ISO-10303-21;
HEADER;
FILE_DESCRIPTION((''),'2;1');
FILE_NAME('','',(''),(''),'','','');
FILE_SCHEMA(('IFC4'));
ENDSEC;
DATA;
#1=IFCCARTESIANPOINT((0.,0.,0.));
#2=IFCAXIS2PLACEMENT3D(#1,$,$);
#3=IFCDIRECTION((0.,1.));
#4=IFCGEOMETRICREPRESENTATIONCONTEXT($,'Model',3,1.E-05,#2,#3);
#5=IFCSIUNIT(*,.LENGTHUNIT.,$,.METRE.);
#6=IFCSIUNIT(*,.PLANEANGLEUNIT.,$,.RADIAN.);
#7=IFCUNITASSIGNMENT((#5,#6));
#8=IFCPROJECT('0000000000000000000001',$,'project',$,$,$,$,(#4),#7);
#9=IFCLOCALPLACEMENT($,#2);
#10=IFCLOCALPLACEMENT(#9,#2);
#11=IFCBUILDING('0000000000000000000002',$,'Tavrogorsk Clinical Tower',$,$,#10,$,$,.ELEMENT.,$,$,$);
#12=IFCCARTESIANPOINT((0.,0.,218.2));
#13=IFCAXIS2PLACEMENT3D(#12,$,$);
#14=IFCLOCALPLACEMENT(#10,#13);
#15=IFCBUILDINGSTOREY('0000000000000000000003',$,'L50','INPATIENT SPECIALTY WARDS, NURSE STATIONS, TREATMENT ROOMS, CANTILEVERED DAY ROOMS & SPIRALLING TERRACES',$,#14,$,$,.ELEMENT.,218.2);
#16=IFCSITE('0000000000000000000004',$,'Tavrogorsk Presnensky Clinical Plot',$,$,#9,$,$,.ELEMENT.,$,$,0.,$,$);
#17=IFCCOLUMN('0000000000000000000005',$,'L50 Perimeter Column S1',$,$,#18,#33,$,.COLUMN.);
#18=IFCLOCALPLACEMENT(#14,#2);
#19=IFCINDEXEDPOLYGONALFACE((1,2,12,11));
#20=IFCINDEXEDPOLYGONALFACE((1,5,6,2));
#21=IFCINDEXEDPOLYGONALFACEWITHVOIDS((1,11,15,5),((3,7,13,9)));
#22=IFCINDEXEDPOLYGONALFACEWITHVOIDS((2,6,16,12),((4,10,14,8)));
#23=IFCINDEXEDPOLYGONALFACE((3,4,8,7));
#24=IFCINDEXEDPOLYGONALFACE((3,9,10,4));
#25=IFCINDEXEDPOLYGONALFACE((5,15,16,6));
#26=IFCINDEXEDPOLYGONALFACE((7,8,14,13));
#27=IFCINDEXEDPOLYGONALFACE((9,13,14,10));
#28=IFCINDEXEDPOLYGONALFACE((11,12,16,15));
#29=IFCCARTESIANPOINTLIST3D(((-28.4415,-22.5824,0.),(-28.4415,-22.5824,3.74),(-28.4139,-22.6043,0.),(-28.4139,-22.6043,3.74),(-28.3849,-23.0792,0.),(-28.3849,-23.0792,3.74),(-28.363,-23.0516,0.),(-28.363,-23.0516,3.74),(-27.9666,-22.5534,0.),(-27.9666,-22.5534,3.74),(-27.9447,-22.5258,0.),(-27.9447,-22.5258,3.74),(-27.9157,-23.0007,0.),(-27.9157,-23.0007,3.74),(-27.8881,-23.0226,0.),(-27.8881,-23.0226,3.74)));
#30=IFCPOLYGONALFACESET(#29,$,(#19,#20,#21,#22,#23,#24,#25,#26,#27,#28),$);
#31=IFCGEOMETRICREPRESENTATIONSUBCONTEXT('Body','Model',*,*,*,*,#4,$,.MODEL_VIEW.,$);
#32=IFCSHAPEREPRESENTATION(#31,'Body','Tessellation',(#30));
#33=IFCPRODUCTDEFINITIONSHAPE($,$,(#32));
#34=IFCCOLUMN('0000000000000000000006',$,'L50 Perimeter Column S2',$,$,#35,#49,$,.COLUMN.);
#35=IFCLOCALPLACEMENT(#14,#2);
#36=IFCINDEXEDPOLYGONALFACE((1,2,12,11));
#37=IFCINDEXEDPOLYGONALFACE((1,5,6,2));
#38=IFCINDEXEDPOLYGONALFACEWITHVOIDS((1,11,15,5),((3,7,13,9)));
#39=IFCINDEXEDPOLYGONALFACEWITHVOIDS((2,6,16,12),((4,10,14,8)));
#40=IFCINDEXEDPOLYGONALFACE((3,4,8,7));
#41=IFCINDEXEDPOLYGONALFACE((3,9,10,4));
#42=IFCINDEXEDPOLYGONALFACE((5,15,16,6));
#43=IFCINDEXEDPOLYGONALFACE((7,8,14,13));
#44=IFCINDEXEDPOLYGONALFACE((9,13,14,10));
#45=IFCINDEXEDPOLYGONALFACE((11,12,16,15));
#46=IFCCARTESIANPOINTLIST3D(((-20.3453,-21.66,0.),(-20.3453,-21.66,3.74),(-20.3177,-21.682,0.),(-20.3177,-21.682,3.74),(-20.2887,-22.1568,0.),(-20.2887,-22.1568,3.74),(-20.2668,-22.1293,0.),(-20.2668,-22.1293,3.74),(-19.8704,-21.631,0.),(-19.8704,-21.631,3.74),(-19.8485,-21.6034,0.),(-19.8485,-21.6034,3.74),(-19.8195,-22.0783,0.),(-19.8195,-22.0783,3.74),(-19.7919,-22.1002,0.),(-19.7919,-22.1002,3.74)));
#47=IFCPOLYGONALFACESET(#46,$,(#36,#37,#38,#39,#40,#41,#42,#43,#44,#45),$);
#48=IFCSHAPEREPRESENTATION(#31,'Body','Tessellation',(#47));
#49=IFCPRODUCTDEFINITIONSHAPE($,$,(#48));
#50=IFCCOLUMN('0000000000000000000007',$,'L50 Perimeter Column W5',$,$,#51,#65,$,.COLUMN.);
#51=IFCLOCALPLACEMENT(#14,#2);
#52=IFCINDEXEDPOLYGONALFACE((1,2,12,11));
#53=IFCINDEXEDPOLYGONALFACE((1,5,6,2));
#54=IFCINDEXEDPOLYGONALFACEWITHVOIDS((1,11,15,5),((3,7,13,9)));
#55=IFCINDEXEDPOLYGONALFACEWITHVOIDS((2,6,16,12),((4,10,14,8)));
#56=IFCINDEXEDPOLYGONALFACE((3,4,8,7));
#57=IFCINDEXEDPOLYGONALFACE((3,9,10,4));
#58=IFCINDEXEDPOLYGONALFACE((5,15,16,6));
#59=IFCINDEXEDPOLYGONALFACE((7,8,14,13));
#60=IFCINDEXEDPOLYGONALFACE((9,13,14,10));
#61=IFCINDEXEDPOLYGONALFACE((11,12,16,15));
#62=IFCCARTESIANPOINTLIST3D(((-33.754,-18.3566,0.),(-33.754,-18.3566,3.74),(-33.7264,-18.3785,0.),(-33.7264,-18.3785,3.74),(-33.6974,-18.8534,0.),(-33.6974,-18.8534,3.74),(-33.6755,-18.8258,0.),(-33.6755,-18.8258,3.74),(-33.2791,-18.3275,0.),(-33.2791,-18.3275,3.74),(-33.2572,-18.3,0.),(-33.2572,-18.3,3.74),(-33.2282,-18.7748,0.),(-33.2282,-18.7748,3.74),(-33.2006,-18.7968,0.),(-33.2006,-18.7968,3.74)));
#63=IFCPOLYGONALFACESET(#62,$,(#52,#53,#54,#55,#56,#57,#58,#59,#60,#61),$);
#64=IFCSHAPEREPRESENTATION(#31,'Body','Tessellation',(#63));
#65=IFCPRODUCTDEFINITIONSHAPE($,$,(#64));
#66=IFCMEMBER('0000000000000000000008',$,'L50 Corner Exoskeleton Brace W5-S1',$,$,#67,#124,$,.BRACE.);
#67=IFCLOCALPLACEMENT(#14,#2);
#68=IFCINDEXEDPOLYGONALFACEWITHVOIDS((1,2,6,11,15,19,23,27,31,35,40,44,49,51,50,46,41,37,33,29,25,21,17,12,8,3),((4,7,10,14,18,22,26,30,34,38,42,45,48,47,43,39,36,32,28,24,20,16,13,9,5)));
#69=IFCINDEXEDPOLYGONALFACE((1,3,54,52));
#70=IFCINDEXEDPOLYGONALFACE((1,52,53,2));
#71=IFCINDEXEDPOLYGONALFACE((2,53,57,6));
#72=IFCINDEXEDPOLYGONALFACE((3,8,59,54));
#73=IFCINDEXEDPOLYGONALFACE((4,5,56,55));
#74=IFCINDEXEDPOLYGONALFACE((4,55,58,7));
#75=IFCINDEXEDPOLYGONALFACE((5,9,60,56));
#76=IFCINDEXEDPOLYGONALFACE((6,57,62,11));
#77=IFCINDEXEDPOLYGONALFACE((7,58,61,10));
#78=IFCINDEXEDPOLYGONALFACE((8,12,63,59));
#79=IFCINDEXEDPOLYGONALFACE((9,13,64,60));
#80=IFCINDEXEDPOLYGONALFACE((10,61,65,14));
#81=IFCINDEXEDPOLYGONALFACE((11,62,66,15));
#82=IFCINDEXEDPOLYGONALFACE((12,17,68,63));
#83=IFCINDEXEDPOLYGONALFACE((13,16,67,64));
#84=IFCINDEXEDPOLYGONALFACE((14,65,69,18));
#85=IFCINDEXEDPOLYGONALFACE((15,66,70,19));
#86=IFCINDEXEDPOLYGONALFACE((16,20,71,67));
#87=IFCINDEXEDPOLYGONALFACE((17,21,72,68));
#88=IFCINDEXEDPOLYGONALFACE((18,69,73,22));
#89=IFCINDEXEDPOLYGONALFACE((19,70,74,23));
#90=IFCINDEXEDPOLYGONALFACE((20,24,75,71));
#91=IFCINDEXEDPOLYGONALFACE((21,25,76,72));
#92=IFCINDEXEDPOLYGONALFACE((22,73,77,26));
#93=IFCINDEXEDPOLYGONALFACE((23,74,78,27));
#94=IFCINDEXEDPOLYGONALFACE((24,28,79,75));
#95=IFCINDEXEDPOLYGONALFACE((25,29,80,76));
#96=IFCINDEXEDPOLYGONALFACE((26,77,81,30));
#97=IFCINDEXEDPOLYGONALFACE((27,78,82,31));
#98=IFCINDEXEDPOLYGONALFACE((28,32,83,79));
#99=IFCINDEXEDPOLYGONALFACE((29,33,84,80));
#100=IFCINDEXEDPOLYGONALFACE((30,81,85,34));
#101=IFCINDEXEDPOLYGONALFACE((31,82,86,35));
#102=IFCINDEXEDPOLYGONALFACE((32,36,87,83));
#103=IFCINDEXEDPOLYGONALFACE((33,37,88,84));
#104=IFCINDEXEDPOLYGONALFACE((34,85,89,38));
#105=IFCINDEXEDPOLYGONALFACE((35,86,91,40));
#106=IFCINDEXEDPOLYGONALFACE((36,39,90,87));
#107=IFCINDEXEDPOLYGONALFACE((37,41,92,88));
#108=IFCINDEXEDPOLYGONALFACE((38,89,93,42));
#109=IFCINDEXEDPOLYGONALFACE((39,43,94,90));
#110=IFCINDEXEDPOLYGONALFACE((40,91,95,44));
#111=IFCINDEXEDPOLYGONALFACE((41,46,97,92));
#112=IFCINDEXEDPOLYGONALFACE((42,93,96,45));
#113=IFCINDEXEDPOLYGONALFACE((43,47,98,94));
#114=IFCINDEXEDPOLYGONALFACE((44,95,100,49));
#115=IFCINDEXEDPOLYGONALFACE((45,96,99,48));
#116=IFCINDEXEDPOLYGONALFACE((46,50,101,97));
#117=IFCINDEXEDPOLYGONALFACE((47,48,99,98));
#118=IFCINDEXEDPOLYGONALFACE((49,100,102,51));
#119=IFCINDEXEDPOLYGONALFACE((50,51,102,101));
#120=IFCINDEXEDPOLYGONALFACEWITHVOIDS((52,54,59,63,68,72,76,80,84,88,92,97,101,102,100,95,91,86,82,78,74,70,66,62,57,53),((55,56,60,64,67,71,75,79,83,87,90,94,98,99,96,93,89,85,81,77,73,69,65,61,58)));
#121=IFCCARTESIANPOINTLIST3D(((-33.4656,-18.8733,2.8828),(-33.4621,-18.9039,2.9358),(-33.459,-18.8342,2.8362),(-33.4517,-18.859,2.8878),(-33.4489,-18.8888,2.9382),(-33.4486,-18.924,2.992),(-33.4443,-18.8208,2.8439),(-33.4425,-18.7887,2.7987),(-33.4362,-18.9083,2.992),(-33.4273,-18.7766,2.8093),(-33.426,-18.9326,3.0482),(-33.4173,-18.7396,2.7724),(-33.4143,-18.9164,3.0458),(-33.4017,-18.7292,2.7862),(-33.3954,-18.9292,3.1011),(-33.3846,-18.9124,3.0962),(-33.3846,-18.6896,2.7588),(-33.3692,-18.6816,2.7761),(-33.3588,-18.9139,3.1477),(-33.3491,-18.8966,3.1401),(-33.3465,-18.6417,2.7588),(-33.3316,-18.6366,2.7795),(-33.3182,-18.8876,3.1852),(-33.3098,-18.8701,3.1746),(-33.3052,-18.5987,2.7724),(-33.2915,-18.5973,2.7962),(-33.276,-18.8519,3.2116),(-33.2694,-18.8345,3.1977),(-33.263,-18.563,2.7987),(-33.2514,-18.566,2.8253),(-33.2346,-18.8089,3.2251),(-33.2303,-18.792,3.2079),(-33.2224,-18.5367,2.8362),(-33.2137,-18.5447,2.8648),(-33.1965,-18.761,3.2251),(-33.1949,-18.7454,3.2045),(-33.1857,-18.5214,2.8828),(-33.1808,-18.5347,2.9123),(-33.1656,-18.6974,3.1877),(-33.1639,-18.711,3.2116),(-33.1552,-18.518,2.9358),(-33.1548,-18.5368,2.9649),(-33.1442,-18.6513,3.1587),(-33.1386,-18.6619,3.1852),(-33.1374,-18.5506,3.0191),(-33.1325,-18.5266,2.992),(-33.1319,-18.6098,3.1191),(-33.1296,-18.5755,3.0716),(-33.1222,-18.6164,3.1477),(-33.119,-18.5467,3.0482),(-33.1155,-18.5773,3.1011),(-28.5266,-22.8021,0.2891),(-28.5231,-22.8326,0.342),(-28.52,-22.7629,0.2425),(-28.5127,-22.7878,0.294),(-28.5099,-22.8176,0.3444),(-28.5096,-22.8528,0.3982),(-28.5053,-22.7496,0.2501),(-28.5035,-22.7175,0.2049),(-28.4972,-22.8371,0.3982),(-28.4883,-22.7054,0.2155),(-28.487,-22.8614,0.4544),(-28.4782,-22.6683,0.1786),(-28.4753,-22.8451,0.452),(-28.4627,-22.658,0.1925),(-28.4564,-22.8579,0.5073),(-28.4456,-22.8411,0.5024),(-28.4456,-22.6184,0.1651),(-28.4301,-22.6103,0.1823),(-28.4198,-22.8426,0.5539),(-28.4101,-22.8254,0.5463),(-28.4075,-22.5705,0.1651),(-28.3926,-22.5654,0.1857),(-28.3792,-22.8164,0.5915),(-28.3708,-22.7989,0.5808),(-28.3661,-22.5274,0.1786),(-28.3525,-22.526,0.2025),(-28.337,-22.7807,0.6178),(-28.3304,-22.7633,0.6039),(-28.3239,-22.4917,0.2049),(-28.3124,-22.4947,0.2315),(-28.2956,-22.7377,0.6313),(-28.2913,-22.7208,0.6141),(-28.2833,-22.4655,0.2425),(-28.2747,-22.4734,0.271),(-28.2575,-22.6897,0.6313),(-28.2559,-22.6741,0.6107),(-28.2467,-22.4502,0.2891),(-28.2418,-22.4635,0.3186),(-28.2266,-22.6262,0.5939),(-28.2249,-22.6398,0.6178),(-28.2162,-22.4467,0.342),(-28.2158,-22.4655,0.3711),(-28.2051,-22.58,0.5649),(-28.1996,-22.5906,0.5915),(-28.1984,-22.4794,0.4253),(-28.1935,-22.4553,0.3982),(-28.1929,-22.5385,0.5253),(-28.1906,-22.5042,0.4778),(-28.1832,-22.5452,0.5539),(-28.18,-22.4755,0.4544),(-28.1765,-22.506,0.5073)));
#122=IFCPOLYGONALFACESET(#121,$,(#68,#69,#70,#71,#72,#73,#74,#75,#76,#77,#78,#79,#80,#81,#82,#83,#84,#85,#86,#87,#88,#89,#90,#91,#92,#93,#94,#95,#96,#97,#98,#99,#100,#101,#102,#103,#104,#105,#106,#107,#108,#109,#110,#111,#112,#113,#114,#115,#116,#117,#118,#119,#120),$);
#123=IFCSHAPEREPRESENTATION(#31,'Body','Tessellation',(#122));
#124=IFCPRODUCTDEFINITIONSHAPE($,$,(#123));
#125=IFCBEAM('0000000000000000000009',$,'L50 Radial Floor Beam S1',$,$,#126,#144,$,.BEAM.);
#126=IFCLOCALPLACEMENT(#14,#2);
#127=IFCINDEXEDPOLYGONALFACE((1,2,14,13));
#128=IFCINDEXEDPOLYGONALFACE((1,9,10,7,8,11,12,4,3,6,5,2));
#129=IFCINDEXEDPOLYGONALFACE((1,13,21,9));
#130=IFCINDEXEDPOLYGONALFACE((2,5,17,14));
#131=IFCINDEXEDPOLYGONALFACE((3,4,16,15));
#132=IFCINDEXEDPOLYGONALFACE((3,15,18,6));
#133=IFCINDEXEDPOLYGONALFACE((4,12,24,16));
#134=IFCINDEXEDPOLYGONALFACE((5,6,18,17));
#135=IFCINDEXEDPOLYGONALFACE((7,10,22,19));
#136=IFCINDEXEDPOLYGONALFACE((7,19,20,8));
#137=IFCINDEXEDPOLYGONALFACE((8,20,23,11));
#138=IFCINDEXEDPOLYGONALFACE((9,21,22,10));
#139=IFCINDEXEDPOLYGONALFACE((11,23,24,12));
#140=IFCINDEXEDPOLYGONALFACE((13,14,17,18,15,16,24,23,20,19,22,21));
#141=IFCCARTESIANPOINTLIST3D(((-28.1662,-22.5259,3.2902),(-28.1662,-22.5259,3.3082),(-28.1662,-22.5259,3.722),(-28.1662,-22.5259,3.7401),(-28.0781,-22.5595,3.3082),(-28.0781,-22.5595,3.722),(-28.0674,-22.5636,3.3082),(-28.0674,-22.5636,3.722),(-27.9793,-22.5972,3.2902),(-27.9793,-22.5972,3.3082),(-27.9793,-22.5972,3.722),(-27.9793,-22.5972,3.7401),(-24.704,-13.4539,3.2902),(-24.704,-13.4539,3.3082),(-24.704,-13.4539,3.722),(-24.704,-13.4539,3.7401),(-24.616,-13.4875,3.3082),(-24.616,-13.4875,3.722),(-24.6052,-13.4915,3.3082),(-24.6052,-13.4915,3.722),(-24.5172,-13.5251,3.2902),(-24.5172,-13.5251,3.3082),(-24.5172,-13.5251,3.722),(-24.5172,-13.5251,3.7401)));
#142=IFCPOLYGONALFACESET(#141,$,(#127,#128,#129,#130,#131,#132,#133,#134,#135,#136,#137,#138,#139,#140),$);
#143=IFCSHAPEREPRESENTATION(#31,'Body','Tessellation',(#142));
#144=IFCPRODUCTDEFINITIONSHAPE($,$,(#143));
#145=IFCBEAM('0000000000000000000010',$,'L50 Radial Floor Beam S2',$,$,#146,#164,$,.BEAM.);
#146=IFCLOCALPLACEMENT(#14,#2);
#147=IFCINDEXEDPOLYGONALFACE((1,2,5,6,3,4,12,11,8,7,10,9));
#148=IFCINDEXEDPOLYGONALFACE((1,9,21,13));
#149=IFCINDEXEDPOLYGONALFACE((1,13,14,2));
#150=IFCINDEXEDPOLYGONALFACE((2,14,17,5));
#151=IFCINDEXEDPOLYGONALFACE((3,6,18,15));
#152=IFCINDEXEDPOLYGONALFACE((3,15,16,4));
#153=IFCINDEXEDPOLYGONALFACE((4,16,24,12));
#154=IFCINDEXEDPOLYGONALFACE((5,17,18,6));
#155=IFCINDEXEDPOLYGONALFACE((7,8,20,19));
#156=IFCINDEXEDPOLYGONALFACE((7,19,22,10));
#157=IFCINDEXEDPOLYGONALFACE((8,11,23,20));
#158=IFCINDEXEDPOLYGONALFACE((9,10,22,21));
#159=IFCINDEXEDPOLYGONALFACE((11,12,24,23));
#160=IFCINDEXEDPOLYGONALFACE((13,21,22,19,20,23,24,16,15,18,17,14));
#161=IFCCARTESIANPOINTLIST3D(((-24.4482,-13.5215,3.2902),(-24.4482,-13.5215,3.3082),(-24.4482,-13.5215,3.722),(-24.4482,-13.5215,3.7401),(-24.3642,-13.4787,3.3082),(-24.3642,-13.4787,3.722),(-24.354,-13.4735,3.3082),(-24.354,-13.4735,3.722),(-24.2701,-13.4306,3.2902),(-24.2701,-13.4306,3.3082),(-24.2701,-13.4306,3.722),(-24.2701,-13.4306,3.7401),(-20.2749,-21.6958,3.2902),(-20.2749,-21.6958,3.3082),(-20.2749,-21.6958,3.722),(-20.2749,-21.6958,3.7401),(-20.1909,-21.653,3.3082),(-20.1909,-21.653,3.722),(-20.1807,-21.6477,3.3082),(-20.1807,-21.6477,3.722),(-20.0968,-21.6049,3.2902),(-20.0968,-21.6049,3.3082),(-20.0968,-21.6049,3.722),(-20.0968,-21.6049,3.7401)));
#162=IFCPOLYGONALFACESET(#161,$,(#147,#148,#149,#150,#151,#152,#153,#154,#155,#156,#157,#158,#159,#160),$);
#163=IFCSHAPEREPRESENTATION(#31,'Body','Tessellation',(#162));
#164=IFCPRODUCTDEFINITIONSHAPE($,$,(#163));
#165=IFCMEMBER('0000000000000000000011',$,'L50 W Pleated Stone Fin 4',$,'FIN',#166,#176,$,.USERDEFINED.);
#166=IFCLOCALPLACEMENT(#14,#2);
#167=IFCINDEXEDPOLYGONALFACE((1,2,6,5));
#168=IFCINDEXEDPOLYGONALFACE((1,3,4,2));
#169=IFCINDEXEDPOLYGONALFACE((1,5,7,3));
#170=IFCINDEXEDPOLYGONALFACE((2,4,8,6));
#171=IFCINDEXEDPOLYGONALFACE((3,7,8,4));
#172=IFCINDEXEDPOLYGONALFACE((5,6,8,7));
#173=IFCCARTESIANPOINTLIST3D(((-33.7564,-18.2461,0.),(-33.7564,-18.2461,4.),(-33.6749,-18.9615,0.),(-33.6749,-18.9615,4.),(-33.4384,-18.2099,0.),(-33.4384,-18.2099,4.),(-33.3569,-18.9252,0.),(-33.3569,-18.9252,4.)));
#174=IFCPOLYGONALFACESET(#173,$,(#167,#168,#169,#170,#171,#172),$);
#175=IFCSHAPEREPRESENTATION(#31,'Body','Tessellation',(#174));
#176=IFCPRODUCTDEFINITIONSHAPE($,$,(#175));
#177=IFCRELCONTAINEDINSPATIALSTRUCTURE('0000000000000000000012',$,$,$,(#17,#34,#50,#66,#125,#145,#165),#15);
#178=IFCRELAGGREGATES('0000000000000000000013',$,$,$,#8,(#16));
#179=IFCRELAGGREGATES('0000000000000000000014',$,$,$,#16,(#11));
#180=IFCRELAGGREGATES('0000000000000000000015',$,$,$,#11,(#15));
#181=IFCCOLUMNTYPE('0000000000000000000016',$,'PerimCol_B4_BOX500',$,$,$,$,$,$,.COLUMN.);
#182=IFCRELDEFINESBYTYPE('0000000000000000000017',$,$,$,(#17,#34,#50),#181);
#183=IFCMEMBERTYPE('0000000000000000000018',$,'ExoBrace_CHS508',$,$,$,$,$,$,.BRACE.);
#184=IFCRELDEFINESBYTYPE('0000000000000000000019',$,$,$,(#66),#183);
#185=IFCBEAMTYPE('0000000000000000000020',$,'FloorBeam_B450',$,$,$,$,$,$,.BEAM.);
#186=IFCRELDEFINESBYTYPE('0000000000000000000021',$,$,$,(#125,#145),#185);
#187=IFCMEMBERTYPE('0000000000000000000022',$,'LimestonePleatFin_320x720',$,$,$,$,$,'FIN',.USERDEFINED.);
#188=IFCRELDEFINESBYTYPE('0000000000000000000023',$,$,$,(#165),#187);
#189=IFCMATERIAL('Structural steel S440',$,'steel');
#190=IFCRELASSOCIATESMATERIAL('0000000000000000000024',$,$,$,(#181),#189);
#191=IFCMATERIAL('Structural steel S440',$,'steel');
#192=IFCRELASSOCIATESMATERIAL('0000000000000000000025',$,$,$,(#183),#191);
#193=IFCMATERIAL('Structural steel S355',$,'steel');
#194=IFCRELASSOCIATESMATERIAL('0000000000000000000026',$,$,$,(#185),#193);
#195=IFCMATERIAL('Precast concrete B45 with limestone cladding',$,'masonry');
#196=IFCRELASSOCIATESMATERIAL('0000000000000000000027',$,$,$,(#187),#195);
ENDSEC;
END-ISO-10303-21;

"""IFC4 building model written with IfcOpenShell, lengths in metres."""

from ifc_helpers import new_model, si_unit, direction, frame, origin, origin_2d, place, context, subcontext, project, spatial, rectangle, hollow_rectangle, hollow_circle, i_section, extrude, material, material_profile, profile_set, type_object, element, save


model = new_model("IFC4")

# Units and contexts
model_context = context("Model", 3, precision=1e-05, world=origin(), true_north=direction((0.0, 1.0)))
body_context = subcontext(model_context, "Body", "Model", "MODEL_VIEW")
ifc_project = project(units=[si_unit("LENGTHUNIT", "METRE"), si_unit("PLANEANGLEUNIT", "RADIAN")], contexts=[model_context])

# Site, building, storey
site_placement = place(None, origin())
site = spatial("IfcSite", under=ifc_project, at=site_placement, Name="Tavrogorsk Presnensky Clinical Plot", CompositionType="ELEMENT", RefElevation=0.0)
building_placement = place(site_placement, origin())
building = spatial("IfcBuilding", under=site, at=building_placement, Name="Tavrogorsk Clinical Tower", CompositionType="ELEMENT")
storey_placement = place(building_placement, frame((0.0, 0.0, 218.2)))
storey = spatial("IfcBuildingStorey", under=building, at=storey_placement, Name="L50", Description="INPATIENT SPECIALTY WARDS, NURSE STATIONS, TREATMENT ROOMS, CANTILEVERED DAY ROOMS & SPIRALLING TERRACES", CompositionType="ELEMENT", Elevation=218.2)

# Columns
ifc_material_1 = material(Name="Structural steel S440", Category="steel")
ifc_material_profile_1 = material_profile(ifc_material_1, hollow_rectangle(XDim=0.5, YDim=0.5, WallThickness=0.0249, at=origin_2d()), Name="BOX-500x500x25")
ifc_profile_set_1 = profile_set([ifc_material_profile_1], Name="Structural steel S440")
column_type = type_object("IfcColumnType", Name="PerimCol_B4_BOX500", PredefinedType="COLUMN", material=ifc_profile_set_1)
for number, where, z_axis, x_axis, name in (
    (1, (-28.1648, -22.8025, 0.0), (0.0, 0.0, 1.0), (0.993572, 0.113203, 0.0), "L50 Perimeter Column S1"),
    (2, (-20.0686, -21.8801, 0.0), (0.0, 0.0, 1.0), (0.993572, 0.113203, 0.0), "L50 Perimeter Column S2"),
    (3, (-33.4773, -18.5767, 0.0), (0.0, 0.0, 1.0), (0.993572, 0.113203, 0.0), "L50 Perimeter Column W5"),
):
    element("IfcColumn", number, at=place(storey_placement, frame(where, z_axis=z_axis, x_axis=x_axis)), inside=storey, type_object=column_type, Name=name, PredefinedType="COLUMN", context=body_context, shape_type="SweptSolid", body=[
        extrude(hollow_rectangle(XDim=0.5, YDim=0.5, WallThickness=0.0249, at=origin_2d()), origin(), (0.0, 0.0, 1.0), 3.74),
    ])

# Member
ifc_material_2 = material(Name="Structural steel S440", Category="steel")
ifc_material_profile_2 = material_profile(ifc_material_2, hollow_circle(Radius=0.2539, WallThickness=0.02, at=origin_2d()), Name="CHS-508x20")
ifc_profile_set_2 = profile_set([ifc_material_profile_2], Name="Structural steel S440")
member_type_1 = type_object("IfcMemberType", Name="ExoBrace_CHS508", PredefinedType="BRACE", material=ifc_profile_set_2)
member_1_placement = place(storey_placement, frame((-28.3516, -22.6541, 0.3982), z_axis=(-0.723852, 0.575789, 0.380138), x_axis=(-0.622522, -0.782602, 0.0)))
element("IfcMember", 4, at=member_1_placement, inside=storey, type_object=member_type_1, Name="L50 Corner Exoskeleton Brace W5-S1", PredefinedType="BRACE", context=body_context, shape_type="SweptSolid", body=[
    extrude(hollow_circle(Radius=0.2539, WallThickness=0.02, at=origin_2d()), origin(), (0.0, 0.0, 1.0), 6.8232),
])

# Beams
ifc_material_3 = material(Name="Structural steel S355", Category="steel")
ifc_material_profile_3 = material_profile(ifc_material_3, i_section(OverallWidth=0.2, OverallDepth=0.45, WebThickness=0.0115, FlangeThickness=0.0181, at=origin_2d()), Name="B-450x200x11.5x18")
ifc_profile_set_3 = profile_set([ifc_material_profile_3], Name="Structural steel S355")
beam_type_1 = type_object("IfcBeamType", Name="FloorBeam_B450", PredefinedType="BEAM", material=ifc_profile_set_3)
beam_1_placement = place(storey_placement, frame((-24.6106, -13.4895, 3.5151), z_axis=(-0.356548, -0.934277, 0.0), x_axis=(0.934277, -0.356548, 0.0)))
element("IfcBeam", 5, at=beam_1_placement, inside=storey, type_object=beam_type_1, Name="L50 Radial Floor Beam S1", PredefinedType="BEAM", context=body_context, shape_type="SweptSolid", body=[
    extrude(i_section(OverallWidth=0.2, OverallDepth=0.45, WebThickness=0.0115, FlangeThickness=0.0181, at=origin_2d()), origin(), (0.0, 0.0, 1.0), 9.7102),
])
beam_2_placement = place(storey_placement, frame((-24.3591, -13.4761, 3.5151), z_axis=(0.45471, -0.89064, 0.0), x_axis=(0.89064, 0.45471, 0.0)))
element("IfcBeam", 6, at=beam_2_placement, inside=storey, type_object=beam_type_1, Name="L50 Radial Floor Beam S2", PredefinedType="BEAM", context=body_context, shape_type="SweptSolid", body=[
    extrude(i_section(OverallWidth=0.2, OverallDepth=0.45, WebThickness=0.0115, FlangeThickness=0.0181, at=origin_2d()), origin(), (0.0, 0.0, 1.0), 9.178),
])

# Member
ifc_material_4 = material(Name="Precast concrete B45 with limestone cladding", Category="masonry")
ifc_material_profile_4 = material_profile(ifc_material_4, rectangle(XDim=0.3201, YDim=0.72, at=origin_2d()), Name="LIMESTONE-FIN-320x720")
ifc_profile_set_4 = profile_set([ifc_material_profile_4], Name="Precast concrete B45 with limestone cladding")
member_type_2 = type_object("IfcMemberType", Name="LimestonePleatFin_320x720", ElementType="FIN", PredefinedType="USERDEFINED", material=ifc_profile_set_4)
member_2_placement = place(storey_placement, frame((-33.5566, -18.5857, 0.0), z_axis=(0.0, 0.0, 1.0), x_axis=(0.993572, 0.113203, 0.0)))
element("IfcMember", 7, at=member_2_placement, inside=storey, type_object=member_type_2, Name="L50 W Pleated Stone Fin 4", ObjectType="FIN", PredefinedType="USERDEFINED", context=body_context, shape_type="SweptSolid", body=[
    extrude(rectangle(XDim=0.3201, YDim=0.72, at=origin_2d()), origin(), (0.0, 0.0, 1.0), 4.0),
])

save(model, "model.ifc")
